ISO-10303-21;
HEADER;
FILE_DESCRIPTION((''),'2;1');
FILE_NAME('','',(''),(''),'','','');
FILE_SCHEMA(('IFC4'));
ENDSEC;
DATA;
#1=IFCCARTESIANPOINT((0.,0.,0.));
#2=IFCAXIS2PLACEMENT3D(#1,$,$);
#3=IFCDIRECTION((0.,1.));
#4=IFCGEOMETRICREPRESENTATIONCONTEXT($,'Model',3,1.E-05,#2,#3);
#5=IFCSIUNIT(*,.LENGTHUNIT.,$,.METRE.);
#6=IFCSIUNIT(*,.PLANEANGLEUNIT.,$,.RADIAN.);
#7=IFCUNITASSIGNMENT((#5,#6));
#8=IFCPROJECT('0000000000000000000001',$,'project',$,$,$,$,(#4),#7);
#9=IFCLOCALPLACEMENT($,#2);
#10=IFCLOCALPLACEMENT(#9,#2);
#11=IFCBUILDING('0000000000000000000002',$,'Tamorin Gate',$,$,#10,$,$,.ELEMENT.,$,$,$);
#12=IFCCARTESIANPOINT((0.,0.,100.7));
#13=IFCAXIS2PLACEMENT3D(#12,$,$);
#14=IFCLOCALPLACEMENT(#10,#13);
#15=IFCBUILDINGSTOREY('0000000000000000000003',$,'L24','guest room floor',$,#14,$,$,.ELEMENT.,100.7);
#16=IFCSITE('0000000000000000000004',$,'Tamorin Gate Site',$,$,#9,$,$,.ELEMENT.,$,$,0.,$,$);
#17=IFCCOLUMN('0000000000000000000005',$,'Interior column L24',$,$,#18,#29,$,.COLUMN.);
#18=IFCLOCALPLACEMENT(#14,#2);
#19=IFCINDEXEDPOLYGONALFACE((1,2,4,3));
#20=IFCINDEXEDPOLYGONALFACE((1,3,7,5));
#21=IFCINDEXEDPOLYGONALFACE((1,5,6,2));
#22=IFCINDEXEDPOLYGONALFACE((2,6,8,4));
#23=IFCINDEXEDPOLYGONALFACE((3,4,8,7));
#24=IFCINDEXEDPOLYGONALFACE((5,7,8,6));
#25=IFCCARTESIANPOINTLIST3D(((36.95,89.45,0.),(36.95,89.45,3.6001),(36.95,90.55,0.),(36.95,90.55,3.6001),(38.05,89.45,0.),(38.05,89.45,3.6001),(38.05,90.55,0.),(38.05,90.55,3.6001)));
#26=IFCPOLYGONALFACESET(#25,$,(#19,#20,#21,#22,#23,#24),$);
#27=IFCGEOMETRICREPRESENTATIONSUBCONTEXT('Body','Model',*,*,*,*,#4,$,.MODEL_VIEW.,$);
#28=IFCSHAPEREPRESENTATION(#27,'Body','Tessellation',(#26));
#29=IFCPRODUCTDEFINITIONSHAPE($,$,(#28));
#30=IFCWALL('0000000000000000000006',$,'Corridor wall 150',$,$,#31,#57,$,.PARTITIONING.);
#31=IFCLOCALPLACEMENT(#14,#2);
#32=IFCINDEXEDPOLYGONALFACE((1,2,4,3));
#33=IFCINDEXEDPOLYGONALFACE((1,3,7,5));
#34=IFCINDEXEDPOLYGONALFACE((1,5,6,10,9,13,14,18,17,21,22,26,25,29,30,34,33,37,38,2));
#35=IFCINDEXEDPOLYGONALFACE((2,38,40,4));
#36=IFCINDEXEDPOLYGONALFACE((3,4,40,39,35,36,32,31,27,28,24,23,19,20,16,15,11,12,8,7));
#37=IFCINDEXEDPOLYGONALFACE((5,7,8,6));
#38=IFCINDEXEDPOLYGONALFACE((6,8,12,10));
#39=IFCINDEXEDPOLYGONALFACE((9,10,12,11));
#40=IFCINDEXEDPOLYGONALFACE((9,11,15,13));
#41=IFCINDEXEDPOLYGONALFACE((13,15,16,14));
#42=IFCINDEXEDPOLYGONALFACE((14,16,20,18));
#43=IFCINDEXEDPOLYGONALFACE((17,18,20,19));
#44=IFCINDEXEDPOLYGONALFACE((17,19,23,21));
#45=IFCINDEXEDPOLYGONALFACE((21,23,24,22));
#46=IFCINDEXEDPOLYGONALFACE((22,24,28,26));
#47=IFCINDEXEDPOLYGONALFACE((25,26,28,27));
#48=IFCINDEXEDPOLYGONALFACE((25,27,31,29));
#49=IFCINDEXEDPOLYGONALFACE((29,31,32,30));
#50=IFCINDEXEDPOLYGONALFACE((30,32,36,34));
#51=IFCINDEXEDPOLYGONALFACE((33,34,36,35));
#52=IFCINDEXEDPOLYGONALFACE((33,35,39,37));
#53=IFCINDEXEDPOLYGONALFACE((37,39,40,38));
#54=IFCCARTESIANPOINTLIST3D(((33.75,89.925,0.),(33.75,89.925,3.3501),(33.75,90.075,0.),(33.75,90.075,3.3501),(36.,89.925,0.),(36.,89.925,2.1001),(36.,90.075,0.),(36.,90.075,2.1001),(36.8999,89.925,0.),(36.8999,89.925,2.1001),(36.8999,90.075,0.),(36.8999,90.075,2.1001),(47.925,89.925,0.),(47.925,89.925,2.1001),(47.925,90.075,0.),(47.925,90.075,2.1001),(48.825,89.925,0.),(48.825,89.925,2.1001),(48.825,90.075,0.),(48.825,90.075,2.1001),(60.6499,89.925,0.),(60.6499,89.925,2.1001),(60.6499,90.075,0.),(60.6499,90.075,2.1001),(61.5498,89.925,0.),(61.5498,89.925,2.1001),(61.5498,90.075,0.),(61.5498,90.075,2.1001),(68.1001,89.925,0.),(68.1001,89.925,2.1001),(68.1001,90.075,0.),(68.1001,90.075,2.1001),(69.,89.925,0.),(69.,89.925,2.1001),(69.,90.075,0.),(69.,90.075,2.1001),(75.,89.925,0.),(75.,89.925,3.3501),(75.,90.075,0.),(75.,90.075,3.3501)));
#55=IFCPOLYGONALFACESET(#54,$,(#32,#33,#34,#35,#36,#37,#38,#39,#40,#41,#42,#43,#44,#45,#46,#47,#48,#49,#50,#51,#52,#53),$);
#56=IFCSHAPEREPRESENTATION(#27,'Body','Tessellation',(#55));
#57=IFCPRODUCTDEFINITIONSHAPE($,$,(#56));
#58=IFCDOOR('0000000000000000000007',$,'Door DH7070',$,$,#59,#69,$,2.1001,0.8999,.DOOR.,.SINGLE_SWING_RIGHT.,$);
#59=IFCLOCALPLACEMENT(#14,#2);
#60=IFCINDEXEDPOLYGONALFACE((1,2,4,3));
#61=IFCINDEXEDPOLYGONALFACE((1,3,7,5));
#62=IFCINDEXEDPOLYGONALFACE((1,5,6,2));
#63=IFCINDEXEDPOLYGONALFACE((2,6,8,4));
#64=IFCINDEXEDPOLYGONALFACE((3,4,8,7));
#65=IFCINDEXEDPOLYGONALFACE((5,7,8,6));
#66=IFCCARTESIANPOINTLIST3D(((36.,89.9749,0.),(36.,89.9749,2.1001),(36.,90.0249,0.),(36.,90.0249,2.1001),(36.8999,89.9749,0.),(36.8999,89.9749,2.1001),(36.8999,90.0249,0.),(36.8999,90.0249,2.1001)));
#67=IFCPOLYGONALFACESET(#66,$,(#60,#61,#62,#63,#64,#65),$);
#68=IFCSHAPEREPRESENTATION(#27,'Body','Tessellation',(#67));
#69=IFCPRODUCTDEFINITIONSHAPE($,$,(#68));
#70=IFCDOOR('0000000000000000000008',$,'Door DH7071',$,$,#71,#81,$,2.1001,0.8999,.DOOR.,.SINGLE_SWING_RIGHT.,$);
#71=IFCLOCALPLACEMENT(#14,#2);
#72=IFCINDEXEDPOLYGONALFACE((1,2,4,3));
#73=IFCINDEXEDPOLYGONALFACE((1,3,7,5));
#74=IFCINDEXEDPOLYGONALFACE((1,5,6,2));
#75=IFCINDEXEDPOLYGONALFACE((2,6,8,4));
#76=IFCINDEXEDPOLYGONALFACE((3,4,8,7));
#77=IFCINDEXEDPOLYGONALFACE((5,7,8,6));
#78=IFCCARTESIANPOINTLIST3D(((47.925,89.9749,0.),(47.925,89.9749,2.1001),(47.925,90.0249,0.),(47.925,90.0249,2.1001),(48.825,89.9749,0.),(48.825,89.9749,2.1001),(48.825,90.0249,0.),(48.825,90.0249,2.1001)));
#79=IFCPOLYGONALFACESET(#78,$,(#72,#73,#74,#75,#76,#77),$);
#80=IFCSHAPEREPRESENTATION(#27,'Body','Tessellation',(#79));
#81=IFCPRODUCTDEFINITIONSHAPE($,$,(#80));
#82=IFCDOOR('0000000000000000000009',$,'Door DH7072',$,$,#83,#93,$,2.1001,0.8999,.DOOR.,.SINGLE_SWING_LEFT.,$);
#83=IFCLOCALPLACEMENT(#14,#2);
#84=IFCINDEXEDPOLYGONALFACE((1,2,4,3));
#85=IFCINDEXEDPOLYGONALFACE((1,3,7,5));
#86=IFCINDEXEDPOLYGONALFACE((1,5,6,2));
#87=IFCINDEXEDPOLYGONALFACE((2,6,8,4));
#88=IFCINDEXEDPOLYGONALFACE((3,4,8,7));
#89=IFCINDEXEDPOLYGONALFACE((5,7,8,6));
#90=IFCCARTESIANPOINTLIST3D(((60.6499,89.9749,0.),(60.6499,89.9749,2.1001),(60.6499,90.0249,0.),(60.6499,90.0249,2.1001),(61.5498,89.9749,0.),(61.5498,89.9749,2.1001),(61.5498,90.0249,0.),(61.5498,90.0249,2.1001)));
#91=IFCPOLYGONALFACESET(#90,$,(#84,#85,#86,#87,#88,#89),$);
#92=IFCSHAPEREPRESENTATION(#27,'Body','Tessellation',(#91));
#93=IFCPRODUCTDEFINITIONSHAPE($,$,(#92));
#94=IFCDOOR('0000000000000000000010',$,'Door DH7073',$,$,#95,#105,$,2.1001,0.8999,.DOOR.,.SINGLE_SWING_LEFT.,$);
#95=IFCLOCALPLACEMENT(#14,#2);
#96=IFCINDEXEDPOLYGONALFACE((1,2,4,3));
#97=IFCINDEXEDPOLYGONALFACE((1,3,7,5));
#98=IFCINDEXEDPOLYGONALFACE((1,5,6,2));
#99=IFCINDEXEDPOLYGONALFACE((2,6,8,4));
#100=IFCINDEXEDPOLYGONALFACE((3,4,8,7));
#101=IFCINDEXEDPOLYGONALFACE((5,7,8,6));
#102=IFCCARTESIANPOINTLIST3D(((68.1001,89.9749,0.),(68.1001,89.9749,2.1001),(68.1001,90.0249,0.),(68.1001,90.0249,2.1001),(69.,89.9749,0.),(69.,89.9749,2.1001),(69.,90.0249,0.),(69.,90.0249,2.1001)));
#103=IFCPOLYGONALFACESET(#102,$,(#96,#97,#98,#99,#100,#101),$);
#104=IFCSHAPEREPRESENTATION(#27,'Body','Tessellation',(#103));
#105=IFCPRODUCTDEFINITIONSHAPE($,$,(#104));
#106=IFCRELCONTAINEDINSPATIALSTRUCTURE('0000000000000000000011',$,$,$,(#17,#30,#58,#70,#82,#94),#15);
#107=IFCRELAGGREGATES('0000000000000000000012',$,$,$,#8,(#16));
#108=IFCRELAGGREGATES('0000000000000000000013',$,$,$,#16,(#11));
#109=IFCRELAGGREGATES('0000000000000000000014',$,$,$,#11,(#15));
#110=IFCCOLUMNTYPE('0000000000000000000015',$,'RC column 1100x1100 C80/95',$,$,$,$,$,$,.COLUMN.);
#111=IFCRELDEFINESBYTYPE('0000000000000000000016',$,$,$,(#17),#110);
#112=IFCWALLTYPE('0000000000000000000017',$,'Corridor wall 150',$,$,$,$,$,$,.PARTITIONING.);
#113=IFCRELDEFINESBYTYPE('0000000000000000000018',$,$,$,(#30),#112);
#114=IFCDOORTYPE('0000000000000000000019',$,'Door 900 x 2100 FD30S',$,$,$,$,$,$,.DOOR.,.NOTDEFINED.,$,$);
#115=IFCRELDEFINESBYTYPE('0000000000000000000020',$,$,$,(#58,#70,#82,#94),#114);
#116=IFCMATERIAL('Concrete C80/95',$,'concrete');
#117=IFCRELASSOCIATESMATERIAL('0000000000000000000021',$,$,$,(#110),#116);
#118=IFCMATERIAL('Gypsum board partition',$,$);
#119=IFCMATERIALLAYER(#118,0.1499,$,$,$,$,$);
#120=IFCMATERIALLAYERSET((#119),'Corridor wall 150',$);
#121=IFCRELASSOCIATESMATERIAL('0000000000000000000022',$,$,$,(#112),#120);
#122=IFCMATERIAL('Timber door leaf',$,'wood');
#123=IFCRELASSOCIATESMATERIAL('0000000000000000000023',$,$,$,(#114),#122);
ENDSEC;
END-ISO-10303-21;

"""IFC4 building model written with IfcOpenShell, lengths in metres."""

from ifc_helpers import new_model, si_unit, direction, frame, frame_2d, origin, origin_2d, place, context, subcontext, project, spatial, rectangle, extrude, material, layer, layer_set, material_profile, profile_set, type_object, element, fill, save


model = new_model("IFC4")

# Units and contexts
model_context = context("Model", 3, precision=1e-05, world=origin(), true_north=direction((0.0, 1.0)))
body_context = subcontext(model_context, "Body", "Model", "MODEL_VIEW")
ifc_project = project(units=[si_unit("LENGTHUNIT", "METRE"), si_unit("PLANEANGLEUNIT", "RADIAN")], contexts=[model_context])

# Site, building, storey
site_placement = place(None, origin())
site = spatial("IfcSite", under=ifc_project, at=site_placement, Name="Tamorin Gate Site", CompositionType="ELEMENT", RefElevation=0.0)
building_placement = place(site_placement, origin())
building = spatial("IfcBuilding", under=site, at=building_placement, Name="Tamorin Gate", CompositionType="ELEMENT")
storey_placement = place(building_placement, frame((0.0, 0.0, 100.7)))
storey = spatial("IfcBuildingStorey", under=building, at=storey_placement, Name="L24", Description="guest room floor", CompositionType="ELEMENT", Elevation=100.7)

# Column
ifc_material_1 = material(Name="Concrete C80/95", Category="concrete")
ifc_material_profile = material_profile(ifc_material_1, rectangle(XDim=1.1001, YDim=1.1001, at=origin_2d()), Name="RC 1100x1100")
ifc_profile_set = profile_set([ifc_material_profile], Name="Concrete C80/95")
column_type = type_object("IfcColumnType", Name="RC column 1100x1100 C80/95", PredefinedType="COLUMN", material=ifc_profile_set)
column_placement = place(storey_placement, frame((37.5, 90.0, 0.0), z_axis=(0.0, 0.0, 1.0), x_axis=(1.0, 0.0, 0.0)))
element("IfcColumn", 1, at=column_placement, inside=storey, type_object=column_type, Name="Interior column L24", PredefinedType="COLUMN", context=body_context, shape_type="SweptSolid", body=[
    extrude(rectangle(XDim=1.1001, YDim=1.1001, at=origin_2d()), origin(), (0.0, 0.0, 1.0), 3.6001),
])

# Wall, openings, doors
ifc_material_2 = material(Name="Gypsum board partition")
ifc_layer_1 = layer(ifc_material_2, 0.1499)
ifc_layer_set_1 = layer_set([ifc_layer_1], Name="Corridor wall 150")
wall_type_1 = type_object("IfcWallType", Name="Corridor wall 150", PredefinedType="PARTITIONING", material=ifc_layer_set_1)
wall_1_placement = place(storey_placement, frame((33.75, 90.0, 0.0), z_axis=(0.0, 0.0, 1.0), x_axis=(1.0, 0.0, 0.0)))
wall_1 = element("IfcWall", 2, at=wall_1_placement, inside=storey, type_object=wall_type_1, Name="Corridor wall 150", PredefinedType="PARTITIONING", context=body_context, shape_type="SweptSolid", body=[
    extrude(rectangle(XDim=41.25, YDim=0.1499, at=frame_2d((20.625, 0.0))), origin(), (0.0, 0.0, 1.0), 3.3501),
])
opening_1_placement = place(wall_1_placement, frame((2.25, 0.0, 0.0)))
opening_1 = element("IfcOpeningElement", 3, at=opening_1_placement, cuts=wall_1, PredefinedType="OPENING", context=body_context, shape_type="SweptSolid", body=[
    extrude(rectangle(XDim=0.8999, YDim=2.1001, at=frame_2d((0.45, 1.05))), frame((0.0, 0.085, 0.0), z_axis=(0.0, -1.0, 0.0), x_axis=(1.0, 0.0, 0.0)), (0.0, 0.0, 1.0), 0.1699),
])
opening_2_placement = place(wall_1_placement, frame((14.175, 0.0, 0.0)))
opening_2 = element("IfcOpeningElement", 4, at=opening_2_placement, cuts=wall_1, PredefinedType="OPENING", context=body_context, shape_type="SweptSolid", body=[
    extrude(rectangle(XDim=0.8999, YDim=2.1001, at=frame_2d((0.45, 1.05))), frame((0.0, 0.085, 0.0), z_axis=(0.0, -1.0, 0.0), x_axis=(1.0, 0.0, 0.0)), (0.0, 0.0, 1.0), 0.1699),
])
opening_3_placement = place(wall_1_placement, frame((26.8999, 0.0, 0.0)))
opening_3 = element("IfcOpeningElement", 5, at=opening_3_placement, cuts=wall_1, PredefinedType="OPENING", context=body_context, shape_type="SweptSolid", body=[
    extrude(rectangle(XDim=0.8999, YDim=2.1001, at=frame_2d((0.45, 1.05))), frame((0.0, 0.085, 0.0), z_axis=(0.0, -1.0, 0.0), x_axis=(1.0, 0.0, 0.0)), (0.0, 0.0, 1.0), 0.1699),
])
opening_4_placement = place(wall_1_placement, frame((34.3501, 0.0, 0.0)))
opening_4 = element("IfcOpeningElement", 6, at=opening_4_placement, cuts=wall_1, PredefinedType="OPENING", context=body_context, shape_type="SweptSolid", body=[
    extrude(rectangle(XDim=0.8999, YDim=2.1001, at=frame_2d((0.45, 1.05))), frame((0.0, 0.085, 0.0), z_axis=(0.0, -1.0, 0.0), x_axis=(1.0, 0.0, 0.0)), (0.0, 0.0, 1.0), 0.1699),
])
ifc_material_3 = material(Name="Timber door leaf", Category="wood")
door_type_1 = type_object("IfcDoorType", Name="Door 900 x 2100 FD30S", OperationType="NOTDEFINED", PredefinedType="DOOR", material=ifc_material_3)
door_1_placement = place(opening_1_placement, origin())
door_1 = element("IfcDoor", 7, at=door_1_placement, inside=storey, type_object=door_type_1, Name="Door DH7070", OperationType="SINGLE_SWING_RIGHT", OverallHeight=2.1001, OverallWidth=0.8999, PredefinedType="DOOR", context=body_context, shape_type="SweptSolid", body=[
    extrude(rectangle(XDim=0.8999, YDim=2.1001, at=frame_2d((0.45, 1.05))), frame((0.0, 0.0249, 0.0), z_axis=(0.0, -1.0, 0.0), x_axis=(1.0, 0.0, 0.0)), (0.0, 0.0, 1.0), 0.05),
])
fill(opening_1, door_1)
door_2_placement = place(opening_2_placement, origin())
door_2 = element("IfcDoor", 8, at=door_2_placement, inside=storey, type_object=door_type_1, Name="Door DH7071", OperationType="SINGLE_SWING_RIGHT", OverallHeight=2.1001, OverallWidth=0.8999, PredefinedType="DOOR", context=body_context, shape_type="SweptSolid", body=[
    extrude(rectangle(XDim=0.8999, YDim=2.1001, at=frame_2d((0.45, 1.05))), frame((0.0, 0.0249, 0.0), z_axis=(0.0, -1.0, 0.0), x_axis=(1.0, 0.0, 0.0)), (0.0, 0.0, 1.0), 0.05),
])
fill(opening_2, door_2)
door_3_placement = place(opening_3_placement, origin())
door_3 = element("IfcDoor", 9, at=door_3_placement, inside=storey, type_object=door_type_1, Name="Door DH7072", OperationType="SINGLE_SWING_LEFT", OverallHeight=2.1001, OverallWidth=0.8999, PredefinedType="DOOR", context=body_context, shape_type="SweptSolid", body=[
    extrude(rectangle(XDim=0.8999, YDim=2.1001, at=frame_2d((0.45, 1.05))), frame((0.0, 0.0249, 0.0), z_axis=(0.0, -1.0, 0.0), x_axis=(1.0, 0.0, 0.0)), (0.0, 0.0, 1.0), 0.05),
])
fill(opening_3, door_3)
door_4_placement = place(opening_4_placement, origin())
door_4 = element("IfcDoor", 10, at=door_4_placement, inside=storey, type_object=door_type_1, Name="Door DH7073", OperationType="SINGLE_SWING_LEFT", OverallHeight=2.1001, OverallWidth=0.8999, PredefinedType="DOOR", context=body_context, shape_type="SweptSolid", body=[
    extrude(rectangle(XDim=0.8999, YDim=2.1001, at=frame_2d((0.45, 1.05))), frame((0.0, 0.0249, 0.0), z_axis=(0.0, -1.0, 0.0), x_axis=(1.0, 0.0, 0.0)), (0.0, 0.0, 1.0), 0.05),
])
fill(opening_4, door_4)

save(model, "model.ifc")
